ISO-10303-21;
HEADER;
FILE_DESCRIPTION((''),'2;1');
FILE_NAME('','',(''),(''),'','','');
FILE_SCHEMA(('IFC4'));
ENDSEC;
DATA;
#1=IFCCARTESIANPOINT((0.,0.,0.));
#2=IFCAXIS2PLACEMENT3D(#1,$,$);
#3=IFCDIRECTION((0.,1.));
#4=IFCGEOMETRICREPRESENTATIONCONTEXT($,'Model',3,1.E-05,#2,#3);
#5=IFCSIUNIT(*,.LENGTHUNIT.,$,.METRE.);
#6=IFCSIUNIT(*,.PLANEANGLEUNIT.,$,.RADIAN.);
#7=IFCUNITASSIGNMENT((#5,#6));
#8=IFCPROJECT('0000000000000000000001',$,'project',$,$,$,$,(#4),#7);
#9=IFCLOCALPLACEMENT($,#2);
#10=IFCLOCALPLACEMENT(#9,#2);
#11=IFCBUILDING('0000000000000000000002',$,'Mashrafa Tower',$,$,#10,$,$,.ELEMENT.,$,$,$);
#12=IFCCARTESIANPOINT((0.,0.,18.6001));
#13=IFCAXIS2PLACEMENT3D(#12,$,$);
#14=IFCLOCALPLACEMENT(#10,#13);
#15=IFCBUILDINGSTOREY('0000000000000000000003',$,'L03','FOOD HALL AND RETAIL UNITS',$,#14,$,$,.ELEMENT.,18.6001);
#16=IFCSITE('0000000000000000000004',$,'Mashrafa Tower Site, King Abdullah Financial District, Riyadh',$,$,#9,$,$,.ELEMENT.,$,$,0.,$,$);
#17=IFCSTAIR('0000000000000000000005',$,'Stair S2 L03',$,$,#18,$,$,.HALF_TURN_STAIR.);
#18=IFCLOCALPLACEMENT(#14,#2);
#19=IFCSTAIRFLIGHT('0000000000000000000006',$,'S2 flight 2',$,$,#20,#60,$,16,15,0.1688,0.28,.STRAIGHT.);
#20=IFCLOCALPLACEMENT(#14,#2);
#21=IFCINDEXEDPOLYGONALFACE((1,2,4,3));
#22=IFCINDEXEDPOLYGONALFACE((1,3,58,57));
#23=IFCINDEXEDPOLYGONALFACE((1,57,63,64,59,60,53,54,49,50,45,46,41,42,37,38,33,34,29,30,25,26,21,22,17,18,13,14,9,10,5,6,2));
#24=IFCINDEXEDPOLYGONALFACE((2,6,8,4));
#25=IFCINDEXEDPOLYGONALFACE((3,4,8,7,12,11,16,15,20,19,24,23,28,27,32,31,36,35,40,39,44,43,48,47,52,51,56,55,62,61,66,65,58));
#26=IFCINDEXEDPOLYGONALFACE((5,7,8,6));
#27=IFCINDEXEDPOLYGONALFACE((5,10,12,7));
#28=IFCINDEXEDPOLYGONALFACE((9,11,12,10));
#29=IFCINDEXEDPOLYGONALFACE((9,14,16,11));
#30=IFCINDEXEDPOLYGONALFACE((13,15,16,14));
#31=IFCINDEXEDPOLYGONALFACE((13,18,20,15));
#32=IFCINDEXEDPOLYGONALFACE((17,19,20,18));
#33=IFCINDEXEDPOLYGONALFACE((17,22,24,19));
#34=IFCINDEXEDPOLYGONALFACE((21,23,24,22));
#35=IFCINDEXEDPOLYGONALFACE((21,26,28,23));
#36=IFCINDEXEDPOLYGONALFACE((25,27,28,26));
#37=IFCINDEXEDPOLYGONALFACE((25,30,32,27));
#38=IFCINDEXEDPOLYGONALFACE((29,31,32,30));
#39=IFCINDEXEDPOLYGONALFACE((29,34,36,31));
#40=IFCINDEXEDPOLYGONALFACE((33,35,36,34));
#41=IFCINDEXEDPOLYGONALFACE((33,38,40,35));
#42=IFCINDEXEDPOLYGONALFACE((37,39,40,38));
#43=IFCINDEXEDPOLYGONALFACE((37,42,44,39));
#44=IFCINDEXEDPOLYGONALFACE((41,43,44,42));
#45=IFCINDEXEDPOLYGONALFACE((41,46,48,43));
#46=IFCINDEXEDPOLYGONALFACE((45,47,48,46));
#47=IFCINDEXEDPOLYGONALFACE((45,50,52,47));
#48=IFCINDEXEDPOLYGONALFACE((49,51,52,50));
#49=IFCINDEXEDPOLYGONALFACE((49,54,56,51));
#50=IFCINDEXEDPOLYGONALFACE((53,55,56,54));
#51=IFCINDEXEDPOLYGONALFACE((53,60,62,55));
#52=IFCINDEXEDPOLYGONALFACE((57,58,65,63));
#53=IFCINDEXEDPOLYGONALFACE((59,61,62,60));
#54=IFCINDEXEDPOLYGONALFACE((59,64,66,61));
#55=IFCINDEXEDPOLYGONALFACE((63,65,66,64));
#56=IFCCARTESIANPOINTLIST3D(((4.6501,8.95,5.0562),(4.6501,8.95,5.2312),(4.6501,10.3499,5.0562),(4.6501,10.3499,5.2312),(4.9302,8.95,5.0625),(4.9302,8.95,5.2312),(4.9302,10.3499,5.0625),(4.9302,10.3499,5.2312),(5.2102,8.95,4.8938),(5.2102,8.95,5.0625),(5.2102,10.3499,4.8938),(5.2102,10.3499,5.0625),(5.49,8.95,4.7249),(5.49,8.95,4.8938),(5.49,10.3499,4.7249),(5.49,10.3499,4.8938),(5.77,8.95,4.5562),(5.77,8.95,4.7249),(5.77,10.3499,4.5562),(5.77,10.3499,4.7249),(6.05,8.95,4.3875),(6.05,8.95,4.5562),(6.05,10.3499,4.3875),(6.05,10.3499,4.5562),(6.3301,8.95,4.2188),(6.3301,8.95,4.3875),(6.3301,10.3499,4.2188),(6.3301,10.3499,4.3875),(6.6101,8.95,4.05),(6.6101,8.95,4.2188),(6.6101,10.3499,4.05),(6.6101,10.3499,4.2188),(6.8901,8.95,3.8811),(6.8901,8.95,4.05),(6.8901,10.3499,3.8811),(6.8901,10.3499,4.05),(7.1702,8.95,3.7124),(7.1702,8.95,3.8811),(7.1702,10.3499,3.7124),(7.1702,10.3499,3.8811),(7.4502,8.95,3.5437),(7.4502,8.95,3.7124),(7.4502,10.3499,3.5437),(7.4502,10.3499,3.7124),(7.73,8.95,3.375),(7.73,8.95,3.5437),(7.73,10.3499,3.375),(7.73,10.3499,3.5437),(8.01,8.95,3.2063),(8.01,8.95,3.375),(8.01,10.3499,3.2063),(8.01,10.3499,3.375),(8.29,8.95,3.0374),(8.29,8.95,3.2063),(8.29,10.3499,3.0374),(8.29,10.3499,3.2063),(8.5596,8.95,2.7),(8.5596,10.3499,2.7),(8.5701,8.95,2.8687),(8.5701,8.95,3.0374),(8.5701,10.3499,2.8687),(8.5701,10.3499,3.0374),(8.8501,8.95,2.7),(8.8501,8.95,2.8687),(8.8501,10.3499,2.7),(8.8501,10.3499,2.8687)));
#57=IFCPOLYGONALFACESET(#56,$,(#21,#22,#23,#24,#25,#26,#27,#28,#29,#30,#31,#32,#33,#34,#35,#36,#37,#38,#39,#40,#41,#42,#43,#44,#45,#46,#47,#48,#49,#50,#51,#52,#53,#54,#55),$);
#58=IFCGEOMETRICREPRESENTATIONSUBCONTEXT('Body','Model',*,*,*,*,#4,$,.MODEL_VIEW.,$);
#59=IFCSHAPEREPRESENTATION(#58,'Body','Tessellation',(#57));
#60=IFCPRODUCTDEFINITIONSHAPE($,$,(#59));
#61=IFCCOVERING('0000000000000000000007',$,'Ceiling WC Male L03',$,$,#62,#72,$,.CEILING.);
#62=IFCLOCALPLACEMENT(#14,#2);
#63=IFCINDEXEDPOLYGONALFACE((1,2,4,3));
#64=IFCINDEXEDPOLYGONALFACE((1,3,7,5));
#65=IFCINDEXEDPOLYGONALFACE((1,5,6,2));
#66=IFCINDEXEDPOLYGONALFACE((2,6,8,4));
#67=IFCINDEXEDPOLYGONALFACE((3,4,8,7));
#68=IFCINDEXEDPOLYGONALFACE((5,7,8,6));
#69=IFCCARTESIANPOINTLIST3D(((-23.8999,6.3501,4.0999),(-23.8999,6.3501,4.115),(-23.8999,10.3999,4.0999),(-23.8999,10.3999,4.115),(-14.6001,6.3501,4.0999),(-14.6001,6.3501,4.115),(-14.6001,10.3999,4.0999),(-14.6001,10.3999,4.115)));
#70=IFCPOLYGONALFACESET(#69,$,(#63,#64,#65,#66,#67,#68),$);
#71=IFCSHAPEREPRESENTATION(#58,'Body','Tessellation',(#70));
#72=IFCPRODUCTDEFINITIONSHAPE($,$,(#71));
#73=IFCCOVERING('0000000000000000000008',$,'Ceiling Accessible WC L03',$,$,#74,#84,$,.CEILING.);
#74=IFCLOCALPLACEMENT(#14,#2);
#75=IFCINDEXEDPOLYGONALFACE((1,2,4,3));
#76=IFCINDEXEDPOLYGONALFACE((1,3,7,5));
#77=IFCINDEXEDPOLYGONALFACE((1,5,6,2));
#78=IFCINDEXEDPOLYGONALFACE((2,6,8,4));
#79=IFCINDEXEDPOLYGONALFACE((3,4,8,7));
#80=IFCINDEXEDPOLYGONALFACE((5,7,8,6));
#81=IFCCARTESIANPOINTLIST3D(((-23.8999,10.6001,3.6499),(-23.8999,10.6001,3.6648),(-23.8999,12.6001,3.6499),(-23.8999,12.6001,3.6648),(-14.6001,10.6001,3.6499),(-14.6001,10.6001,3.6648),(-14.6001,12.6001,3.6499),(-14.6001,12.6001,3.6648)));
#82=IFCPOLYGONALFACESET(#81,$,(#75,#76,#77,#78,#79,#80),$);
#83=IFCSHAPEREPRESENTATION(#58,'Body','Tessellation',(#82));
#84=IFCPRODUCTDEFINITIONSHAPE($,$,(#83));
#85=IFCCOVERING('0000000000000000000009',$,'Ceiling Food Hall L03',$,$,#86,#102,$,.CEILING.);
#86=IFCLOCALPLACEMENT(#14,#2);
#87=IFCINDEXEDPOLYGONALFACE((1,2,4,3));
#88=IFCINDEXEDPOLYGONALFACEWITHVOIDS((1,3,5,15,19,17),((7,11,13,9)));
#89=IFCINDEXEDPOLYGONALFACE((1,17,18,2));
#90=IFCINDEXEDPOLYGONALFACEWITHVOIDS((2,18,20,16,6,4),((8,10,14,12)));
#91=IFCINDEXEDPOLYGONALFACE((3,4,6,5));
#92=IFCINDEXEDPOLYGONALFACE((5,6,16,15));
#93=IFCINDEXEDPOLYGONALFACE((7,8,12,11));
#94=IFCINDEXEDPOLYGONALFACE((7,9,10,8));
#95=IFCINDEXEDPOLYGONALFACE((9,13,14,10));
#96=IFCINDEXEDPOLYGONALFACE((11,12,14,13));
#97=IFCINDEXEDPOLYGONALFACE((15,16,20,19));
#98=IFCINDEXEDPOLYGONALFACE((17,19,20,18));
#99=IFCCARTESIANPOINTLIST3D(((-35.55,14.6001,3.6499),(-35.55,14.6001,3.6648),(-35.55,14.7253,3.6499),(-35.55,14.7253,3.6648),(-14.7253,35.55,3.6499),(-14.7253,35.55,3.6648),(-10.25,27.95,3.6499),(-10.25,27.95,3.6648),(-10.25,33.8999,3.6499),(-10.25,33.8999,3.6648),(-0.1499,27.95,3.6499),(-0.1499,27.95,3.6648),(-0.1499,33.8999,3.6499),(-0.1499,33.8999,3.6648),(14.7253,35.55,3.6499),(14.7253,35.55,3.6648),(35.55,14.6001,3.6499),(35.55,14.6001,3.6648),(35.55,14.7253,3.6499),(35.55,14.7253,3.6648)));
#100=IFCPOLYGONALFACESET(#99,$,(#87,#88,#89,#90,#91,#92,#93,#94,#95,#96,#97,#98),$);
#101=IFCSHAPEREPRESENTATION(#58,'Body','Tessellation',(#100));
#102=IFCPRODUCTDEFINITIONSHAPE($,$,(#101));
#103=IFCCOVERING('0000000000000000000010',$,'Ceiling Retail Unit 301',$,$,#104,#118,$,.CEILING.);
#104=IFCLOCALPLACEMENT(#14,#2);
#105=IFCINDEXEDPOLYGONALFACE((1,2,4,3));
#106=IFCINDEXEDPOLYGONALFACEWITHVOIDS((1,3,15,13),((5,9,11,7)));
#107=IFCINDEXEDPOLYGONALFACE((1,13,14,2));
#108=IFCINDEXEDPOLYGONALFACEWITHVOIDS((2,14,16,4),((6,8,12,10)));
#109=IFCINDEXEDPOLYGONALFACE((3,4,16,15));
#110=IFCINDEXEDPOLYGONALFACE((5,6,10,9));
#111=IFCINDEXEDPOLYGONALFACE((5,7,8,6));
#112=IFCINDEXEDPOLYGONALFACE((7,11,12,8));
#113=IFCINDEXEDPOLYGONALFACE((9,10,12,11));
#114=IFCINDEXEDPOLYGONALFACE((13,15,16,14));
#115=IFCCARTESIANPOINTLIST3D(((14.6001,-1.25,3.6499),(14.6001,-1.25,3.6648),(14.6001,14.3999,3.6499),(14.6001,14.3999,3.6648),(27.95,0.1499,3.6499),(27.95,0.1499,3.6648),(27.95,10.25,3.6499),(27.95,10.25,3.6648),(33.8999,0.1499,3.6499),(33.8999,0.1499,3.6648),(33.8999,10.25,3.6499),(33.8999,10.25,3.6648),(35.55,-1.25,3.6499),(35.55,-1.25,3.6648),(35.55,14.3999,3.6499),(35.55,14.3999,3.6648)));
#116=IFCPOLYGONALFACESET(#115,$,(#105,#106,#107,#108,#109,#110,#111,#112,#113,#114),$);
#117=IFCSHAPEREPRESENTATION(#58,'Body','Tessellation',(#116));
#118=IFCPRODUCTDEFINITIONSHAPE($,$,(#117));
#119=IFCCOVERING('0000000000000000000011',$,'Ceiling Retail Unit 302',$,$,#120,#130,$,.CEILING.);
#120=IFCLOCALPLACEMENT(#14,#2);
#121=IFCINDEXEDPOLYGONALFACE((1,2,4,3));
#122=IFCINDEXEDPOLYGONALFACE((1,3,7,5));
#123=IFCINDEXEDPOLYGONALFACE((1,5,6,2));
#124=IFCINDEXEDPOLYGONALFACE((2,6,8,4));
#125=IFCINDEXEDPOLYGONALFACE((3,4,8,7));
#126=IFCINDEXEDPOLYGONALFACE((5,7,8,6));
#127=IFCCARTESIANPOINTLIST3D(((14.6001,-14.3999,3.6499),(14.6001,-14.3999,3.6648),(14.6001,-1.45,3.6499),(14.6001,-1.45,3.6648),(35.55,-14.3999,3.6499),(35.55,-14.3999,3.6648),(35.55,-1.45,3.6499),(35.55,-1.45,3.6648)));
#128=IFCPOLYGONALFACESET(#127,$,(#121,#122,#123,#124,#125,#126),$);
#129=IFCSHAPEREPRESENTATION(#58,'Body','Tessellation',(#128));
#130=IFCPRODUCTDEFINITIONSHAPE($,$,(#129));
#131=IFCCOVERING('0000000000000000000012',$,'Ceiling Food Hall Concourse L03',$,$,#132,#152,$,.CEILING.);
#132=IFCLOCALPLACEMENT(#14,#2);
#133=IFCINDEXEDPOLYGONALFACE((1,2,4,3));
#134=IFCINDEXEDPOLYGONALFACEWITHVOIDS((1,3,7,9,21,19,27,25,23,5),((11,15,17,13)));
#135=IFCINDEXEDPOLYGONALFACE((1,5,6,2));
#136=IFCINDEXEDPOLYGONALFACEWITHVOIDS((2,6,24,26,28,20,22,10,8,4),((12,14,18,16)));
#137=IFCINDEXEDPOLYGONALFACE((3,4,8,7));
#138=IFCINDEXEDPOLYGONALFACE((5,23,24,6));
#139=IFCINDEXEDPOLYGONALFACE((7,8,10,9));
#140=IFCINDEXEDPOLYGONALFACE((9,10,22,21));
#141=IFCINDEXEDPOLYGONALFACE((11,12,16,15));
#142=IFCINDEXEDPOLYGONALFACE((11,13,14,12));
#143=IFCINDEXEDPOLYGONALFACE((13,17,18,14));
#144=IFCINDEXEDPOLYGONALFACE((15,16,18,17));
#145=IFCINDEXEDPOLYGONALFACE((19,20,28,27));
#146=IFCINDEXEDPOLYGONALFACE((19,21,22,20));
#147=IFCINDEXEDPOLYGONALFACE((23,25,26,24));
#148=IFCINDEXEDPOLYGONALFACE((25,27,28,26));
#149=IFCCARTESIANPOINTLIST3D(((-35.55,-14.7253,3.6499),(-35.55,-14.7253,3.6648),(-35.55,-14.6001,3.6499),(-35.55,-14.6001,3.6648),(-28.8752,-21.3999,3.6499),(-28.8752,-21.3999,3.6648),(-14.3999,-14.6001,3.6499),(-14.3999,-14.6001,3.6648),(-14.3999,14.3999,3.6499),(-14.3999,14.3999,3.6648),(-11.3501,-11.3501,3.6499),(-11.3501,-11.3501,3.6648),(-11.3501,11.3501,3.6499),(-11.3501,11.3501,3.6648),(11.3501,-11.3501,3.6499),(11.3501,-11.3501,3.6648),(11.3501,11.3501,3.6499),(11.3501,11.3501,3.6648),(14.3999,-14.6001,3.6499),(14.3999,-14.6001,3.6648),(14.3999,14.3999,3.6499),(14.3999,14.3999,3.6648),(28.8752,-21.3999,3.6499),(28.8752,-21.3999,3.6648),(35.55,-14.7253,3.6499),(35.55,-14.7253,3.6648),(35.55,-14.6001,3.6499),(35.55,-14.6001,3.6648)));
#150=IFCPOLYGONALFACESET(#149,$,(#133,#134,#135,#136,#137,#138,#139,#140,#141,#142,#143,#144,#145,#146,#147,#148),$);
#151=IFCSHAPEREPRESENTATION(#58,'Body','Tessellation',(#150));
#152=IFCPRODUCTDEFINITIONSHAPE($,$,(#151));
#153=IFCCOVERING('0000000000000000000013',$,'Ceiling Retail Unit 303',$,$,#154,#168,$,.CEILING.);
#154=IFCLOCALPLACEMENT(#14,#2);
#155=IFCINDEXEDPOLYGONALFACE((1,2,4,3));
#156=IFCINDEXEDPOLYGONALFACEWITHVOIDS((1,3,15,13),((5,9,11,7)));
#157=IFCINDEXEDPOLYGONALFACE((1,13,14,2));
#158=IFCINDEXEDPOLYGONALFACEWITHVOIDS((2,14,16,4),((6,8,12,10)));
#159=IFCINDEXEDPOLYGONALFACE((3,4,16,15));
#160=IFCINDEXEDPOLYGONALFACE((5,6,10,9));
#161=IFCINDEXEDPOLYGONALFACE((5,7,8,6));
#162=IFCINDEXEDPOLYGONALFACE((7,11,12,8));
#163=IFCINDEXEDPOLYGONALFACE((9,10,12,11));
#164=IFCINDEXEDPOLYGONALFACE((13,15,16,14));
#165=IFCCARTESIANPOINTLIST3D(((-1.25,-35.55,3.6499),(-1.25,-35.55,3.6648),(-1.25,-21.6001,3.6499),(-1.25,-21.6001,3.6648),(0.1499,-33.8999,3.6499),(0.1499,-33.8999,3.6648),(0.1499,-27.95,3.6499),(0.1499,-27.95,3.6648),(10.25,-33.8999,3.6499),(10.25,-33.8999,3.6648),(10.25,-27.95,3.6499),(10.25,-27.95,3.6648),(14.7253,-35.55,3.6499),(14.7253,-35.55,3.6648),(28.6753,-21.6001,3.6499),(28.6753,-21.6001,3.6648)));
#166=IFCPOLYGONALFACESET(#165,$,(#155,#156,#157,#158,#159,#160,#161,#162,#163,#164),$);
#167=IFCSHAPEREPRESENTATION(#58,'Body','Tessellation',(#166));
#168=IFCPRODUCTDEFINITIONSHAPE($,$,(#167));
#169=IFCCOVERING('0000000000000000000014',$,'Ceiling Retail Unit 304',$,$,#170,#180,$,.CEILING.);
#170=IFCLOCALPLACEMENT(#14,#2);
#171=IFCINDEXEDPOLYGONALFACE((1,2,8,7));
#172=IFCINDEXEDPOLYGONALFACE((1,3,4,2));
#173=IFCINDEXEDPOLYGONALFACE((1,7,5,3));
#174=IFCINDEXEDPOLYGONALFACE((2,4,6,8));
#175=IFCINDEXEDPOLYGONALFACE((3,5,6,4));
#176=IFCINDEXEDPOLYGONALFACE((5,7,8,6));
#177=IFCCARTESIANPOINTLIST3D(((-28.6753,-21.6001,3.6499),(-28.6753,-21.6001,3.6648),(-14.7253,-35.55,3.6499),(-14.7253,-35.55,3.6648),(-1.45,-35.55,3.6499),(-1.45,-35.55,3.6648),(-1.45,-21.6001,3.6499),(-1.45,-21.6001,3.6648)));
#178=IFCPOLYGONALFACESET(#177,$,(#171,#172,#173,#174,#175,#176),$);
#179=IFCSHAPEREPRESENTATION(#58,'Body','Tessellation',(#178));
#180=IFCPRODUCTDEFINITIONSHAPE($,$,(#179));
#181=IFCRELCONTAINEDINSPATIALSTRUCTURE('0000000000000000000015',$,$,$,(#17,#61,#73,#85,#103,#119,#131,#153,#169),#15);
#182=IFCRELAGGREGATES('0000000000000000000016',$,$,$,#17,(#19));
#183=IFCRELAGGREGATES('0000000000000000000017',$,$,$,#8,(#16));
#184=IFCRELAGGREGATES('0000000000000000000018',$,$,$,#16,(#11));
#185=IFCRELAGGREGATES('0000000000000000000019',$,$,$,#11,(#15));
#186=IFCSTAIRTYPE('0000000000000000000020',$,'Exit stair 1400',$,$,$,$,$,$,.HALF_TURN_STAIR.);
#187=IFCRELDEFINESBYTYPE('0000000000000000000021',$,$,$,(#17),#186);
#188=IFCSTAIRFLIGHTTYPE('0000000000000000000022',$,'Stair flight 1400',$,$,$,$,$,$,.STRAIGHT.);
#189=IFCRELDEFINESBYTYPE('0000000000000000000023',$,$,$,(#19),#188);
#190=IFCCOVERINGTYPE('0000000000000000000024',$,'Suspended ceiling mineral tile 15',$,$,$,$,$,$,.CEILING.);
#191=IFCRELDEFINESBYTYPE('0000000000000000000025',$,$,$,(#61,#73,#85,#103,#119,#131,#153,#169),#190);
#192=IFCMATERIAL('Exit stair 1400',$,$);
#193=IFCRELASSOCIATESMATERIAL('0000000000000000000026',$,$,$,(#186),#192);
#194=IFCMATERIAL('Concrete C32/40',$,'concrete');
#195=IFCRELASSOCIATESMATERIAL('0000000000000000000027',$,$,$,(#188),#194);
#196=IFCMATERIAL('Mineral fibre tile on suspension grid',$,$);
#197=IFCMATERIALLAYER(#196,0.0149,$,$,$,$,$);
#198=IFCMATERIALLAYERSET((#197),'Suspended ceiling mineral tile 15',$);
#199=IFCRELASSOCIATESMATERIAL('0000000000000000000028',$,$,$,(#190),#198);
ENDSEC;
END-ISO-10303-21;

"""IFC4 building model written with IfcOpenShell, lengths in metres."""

from ifc_helpers import new_model, si_unit, direction, frame, origin, place, context, subcontext, project, spatial, polyline, outline, extrude, material, layer, layer_set, type_object, element, aggregate, save


model = new_model("IFC4")

# Units and contexts
model_context = context("Model", 3, precision=1e-05, world=origin(), true_north=direction((0.0, 1.0)))
body_context = subcontext(model_context, "Body", "Model", "MODEL_VIEW")
ifc_project = project(units=[si_unit("LENGTHUNIT", "METRE"), si_unit("PLANEANGLEUNIT", "RADIAN")], contexts=[model_context])

# Site, building, storey
site_placement = place(None, origin())
site = spatial("IfcSite", under=ifc_project, at=site_placement, Name="Mashrafa Tower Site, King Abdullah Financial District, Riyadh", CompositionType="ELEMENT", RefElevation=0.0)
building_placement = place(site_placement, origin())
building = spatial("IfcBuilding", under=site, at=building_placement, Name="Mashrafa Tower", CompositionType="ELEMENT")
storey_placement = place(building_placement, frame((0.0, 0.0, 18.6001)))
storey = spatial("IfcBuildingStorey", under=building, at=storey_placement, Name="L03", Description="FOOD HALL AND RETAIL UNITS", CompositionType="ELEMENT", Elevation=18.6001)

# Stair, stair flight
ifc_material_1 = material(Name="Exit stair 1400")
stair_type = type_object("IfcStairType", Name="Exit stair 1400", PredefinedType="HALF_TURN_STAIR", material=ifc_material_1)
stair_placement = place(storey_placement, origin())
stair = element("IfcStair", 1, at=stair_placement, inside=storey, type_object=stair_type, Name="Stair S2 L03", PredefinedType="HALF_TURN_STAIR")
ifc_material_2 = material(Name="Concrete C32/40", Category="concrete")
stair_flight_type = type_object("IfcStairFlightType", Name="Stair flight 1400", PredefinedType="STRAIGHT", material=ifc_material_2)
stair_flight_1_placement = place(storey_placement, frame((8.8501, 9.6499, 2.7), z_axis=(0.0, 0.0, 1.0), x_axis=(-1.0, 0.0, 0.0)))
stair_flight_1 = element("IfcStairFlight", 2, at=stair_flight_1_placement, type_object=stair_flight_type, Name="S2 flight 2", NumberOfRisers=16, NumberOfTreads=15, PredefinedType="STRAIGHT", RiserHeight=0.1688, TreadLength=0.28, context=body_context, shape_type="SweptSolid", body=[
    extrude(outline(polyline([(0.0, 0.0), (0.0, 0.1687), (0.28, 0.1687), (0.28, 0.3374), (0.5601, 0.3374), (0.5601, 0.5063), (0.8401, 0.5063), (0.8401, 0.675), (1.1201, 0.675), (1.1201, 0.8438), (1.3999, 0.8438), (1.3999, 1.0125), (1.6799, 1.0125), (1.6799, 1.1812), (1.96, 1.1812), (1.96, 1.3501), (2.24, 1.3501), (2.24, 1.5188), (2.52, 1.5188), (2.52, 1.6875), (2.8, 1.6875), (2.8, 1.8562), (3.0801, 1.8562), (3.0801, 2.0249), (3.3601, 2.0249), (3.3601, 2.1938), (3.6399, 2.1938), (3.6399, 2.3625), (3.9199, 2.3625), (3.9199, 2.5312), (4.2, 2.5312), (4.2, 2.7), (4.2, 2.3562), (0.2905, 0.0), (0.0, 0.0)])), frame((0.0, 0.7, 0.0), z_axis=(0.0, -1.0, 0.0), x_axis=(1.0, 0.0, 0.0)), (0.0, 0.0, 1.0), 1.3999),
])
aggregate(stair, [stair_flight_1])

# Coverings
ifc_material_3 = material(Name="Mineral fibre tile on suspension grid")
ifc_layer_1 = layer(ifc_material_3, 0.0149)
ifc_layer_set_1 = layer_set([ifc_layer_1], Name="Suspended ceiling mineral tile 15")
covering_type = type_object("IfcCoveringType", Name="Suspended ceiling mineral tile 15", PredefinedType="CEILING", material=ifc_layer_set_1)
covering_1_placement = place(storey_placement, frame((0.0, 0.0, 4.0999)))
element("IfcCovering", 3, at=covering_1_placement, inside=storey, type_object=covering_type, Name="Ceiling WC Male L03", PredefinedType="CEILING", context=body_context, shape_type="SweptSolid", body=[
    extrude(outline(polyline([(-23.8999, 6.3501), (-23.8999, 10.3999), (-14.6001, 10.3999), (-14.6001, 6.3501), (-23.8999, 6.3501)])), origin(), (0.0, 0.0, 1.0), 0.0151),
])
covering_2_placement = place(storey_placement, frame((0.0, 0.0, 3.6499)))
element("IfcCovering", 4, at=covering_2_placement, inside=storey, type_object=covering_type, Name="Ceiling Accessible WC L03", PredefinedType="CEILING", context=body_context, shape_type="SweptSolid", body=[
    extrude(outline(polyline([(-23.8999, 10.6001), (-23.8999, 12.6001), (-14.6001, 12.6001), (-14.6001, 10.6001), (-23.8999, 10.6001)])), origin(), (0.0, 0.0, 1.0), 0.0149),
])
covering_3_placement = place(storey_placement, frame((0.0, 0.0, 3.6499)))
element("IfcCovering", 5, at=covering_3_placement, inside=storey, type_object=covering_type, Name="Ceiling Food Hall L03", PredefinedType="CEILING", context=body_context, shape_type="SweptSolid", body=[
    extrude(outline(polyline([(-35.55, 14.6001), (-35.55, 14.7253), (-14.7253, 35.55), (14.7253, 35.55), (35.55, 14.7253), (35.55, 14.6001), (-35.55, 14.6001)]), holes=[polyline([(-0.1499, 27.95), (-0.1499, 33.8999), (-10.25, 33.8999), (-10.25, 27.95), (-0.1499, 27.95)])]), origin(), (0.0, 0.0, 1.0), 0.0149),
])
covering_4_placement = place(storey_placement, frame((0.0, 0.0, 3.6499)))
element("IfcCovering", 6, at=covering_4_placement, inside=storey, type_object=covering_type, Name="Ceiling Retail Unit 301", PredefinedType="CEILING", context=body_context, shape_type="SweptSolid", body=[
    extrude(outline(polyline([(14.6001, -1.25), (14.6001, 14.3999), (35.55, 14.3999), (35.55, -1.25), (14.6001, -1.25)]), holes=[polyline([(33.8999, 10.25), (27.95, 10.25), (27.95, 0.1499), (33.8999, 0.1499), (33.8999, 10.25)])]), origin(), (0.0, 0.0, 1.0), 0.0149),
])
covering_5_placement = place(storey_placement, frame((0.0, 0.0, 3.6499)))
element("IfcCovering", 7, at=covering_5_placement, inside=storey, type_object=covering_type, Name="Ceiling Retail Unit 302", PredefinedType="CEILING", context=body_context, shape_type="SweptSolid", body=[
    extrude(outline(polyline([(14.6001, -14.3999), (14.6001, -1.45), (35.55, -1.45), (35.55, -14.3999), (14.6001, -14.3999)])), origin(), (0.0, 0.0, 1.0), 0.0149),
])
covering_6_placement = place(storey_placement, frame((0.0, 0.0, 3.6499)))
element("IfcCovering", 8, at=covering_6_placement, inside=storey, type_object=covering_type, Name="Ceiling Food Hall Concourse L03", PredefinedType="CEILING", context=body_context, shape_type="SweptSolid", body=[
    extrude(outline(polyline([(-28.8752, -21.3999), (-35.55, -14.7253), (-35.55, -14.6001), (-14.3999, -14.6001), (-14.3999, 14.3999), (14.3999, 14.3999), (14.3999, -14.6001), (35.55, -14.6001), (35.55, -14.7253), (28.8752, -21.3999), (-28.8752, -21.3999)]), holes=[polyline([(11.3501, 11.3501), (-11.3501, 11.3501), (-11.3501, -11.3501), (11.3501, -11.3501), (11.3501, 11.3501)])]), origin(), (0.0, 0.0, 1.0), 0.0149),
])
covering_7_placement = place(storey_placement, frame((0.0, 0.0, 3.6499)))
element("IfcCovering", 9, at=covering_7_placement, inside=storey, type_object=covering_type, Name="Ceiling Retail Unit 303", PredefinedType="CEILING", context=body_context, shape_type="SweptSolid", body=[
    extrude(outline(polyline([(-1.25, -21.6001), (28.6753, -21.6001), (14.7253, -35.55), (-1.25, -35.55), (-1.25, -21.6001)]), holes=[polyline([(0.1499, -27.95), (0.1499, -33.8999), (10.25, -33.8999), (10.25, -27.95), (0.1499, -27.95)])]), origin(), (0.0, 0.0, 1.0), 0.0149),
])
covering_8_placement = place(storey_placement, frame((0.0, 0.0, 3.6499)))
element("IfcCovering", 10, at=covering_8_placement, inside=storey, type_object=covering_type, Name="Ceiling Retail Unit 304", PredefinedType="CEILING", context=body_context, shape_type="SweptSolid", body=[
    extrude(outline(polyline([(-1.45, -21.6001), (-1.45, -35.55), (-14.7253, -35.55), (-28.6753, -21.6001), (-1.45, -21.6001)])), origin(), (0.0, 0.0, 1.0), 0.0149),
])

save(model, "model.ifc")
